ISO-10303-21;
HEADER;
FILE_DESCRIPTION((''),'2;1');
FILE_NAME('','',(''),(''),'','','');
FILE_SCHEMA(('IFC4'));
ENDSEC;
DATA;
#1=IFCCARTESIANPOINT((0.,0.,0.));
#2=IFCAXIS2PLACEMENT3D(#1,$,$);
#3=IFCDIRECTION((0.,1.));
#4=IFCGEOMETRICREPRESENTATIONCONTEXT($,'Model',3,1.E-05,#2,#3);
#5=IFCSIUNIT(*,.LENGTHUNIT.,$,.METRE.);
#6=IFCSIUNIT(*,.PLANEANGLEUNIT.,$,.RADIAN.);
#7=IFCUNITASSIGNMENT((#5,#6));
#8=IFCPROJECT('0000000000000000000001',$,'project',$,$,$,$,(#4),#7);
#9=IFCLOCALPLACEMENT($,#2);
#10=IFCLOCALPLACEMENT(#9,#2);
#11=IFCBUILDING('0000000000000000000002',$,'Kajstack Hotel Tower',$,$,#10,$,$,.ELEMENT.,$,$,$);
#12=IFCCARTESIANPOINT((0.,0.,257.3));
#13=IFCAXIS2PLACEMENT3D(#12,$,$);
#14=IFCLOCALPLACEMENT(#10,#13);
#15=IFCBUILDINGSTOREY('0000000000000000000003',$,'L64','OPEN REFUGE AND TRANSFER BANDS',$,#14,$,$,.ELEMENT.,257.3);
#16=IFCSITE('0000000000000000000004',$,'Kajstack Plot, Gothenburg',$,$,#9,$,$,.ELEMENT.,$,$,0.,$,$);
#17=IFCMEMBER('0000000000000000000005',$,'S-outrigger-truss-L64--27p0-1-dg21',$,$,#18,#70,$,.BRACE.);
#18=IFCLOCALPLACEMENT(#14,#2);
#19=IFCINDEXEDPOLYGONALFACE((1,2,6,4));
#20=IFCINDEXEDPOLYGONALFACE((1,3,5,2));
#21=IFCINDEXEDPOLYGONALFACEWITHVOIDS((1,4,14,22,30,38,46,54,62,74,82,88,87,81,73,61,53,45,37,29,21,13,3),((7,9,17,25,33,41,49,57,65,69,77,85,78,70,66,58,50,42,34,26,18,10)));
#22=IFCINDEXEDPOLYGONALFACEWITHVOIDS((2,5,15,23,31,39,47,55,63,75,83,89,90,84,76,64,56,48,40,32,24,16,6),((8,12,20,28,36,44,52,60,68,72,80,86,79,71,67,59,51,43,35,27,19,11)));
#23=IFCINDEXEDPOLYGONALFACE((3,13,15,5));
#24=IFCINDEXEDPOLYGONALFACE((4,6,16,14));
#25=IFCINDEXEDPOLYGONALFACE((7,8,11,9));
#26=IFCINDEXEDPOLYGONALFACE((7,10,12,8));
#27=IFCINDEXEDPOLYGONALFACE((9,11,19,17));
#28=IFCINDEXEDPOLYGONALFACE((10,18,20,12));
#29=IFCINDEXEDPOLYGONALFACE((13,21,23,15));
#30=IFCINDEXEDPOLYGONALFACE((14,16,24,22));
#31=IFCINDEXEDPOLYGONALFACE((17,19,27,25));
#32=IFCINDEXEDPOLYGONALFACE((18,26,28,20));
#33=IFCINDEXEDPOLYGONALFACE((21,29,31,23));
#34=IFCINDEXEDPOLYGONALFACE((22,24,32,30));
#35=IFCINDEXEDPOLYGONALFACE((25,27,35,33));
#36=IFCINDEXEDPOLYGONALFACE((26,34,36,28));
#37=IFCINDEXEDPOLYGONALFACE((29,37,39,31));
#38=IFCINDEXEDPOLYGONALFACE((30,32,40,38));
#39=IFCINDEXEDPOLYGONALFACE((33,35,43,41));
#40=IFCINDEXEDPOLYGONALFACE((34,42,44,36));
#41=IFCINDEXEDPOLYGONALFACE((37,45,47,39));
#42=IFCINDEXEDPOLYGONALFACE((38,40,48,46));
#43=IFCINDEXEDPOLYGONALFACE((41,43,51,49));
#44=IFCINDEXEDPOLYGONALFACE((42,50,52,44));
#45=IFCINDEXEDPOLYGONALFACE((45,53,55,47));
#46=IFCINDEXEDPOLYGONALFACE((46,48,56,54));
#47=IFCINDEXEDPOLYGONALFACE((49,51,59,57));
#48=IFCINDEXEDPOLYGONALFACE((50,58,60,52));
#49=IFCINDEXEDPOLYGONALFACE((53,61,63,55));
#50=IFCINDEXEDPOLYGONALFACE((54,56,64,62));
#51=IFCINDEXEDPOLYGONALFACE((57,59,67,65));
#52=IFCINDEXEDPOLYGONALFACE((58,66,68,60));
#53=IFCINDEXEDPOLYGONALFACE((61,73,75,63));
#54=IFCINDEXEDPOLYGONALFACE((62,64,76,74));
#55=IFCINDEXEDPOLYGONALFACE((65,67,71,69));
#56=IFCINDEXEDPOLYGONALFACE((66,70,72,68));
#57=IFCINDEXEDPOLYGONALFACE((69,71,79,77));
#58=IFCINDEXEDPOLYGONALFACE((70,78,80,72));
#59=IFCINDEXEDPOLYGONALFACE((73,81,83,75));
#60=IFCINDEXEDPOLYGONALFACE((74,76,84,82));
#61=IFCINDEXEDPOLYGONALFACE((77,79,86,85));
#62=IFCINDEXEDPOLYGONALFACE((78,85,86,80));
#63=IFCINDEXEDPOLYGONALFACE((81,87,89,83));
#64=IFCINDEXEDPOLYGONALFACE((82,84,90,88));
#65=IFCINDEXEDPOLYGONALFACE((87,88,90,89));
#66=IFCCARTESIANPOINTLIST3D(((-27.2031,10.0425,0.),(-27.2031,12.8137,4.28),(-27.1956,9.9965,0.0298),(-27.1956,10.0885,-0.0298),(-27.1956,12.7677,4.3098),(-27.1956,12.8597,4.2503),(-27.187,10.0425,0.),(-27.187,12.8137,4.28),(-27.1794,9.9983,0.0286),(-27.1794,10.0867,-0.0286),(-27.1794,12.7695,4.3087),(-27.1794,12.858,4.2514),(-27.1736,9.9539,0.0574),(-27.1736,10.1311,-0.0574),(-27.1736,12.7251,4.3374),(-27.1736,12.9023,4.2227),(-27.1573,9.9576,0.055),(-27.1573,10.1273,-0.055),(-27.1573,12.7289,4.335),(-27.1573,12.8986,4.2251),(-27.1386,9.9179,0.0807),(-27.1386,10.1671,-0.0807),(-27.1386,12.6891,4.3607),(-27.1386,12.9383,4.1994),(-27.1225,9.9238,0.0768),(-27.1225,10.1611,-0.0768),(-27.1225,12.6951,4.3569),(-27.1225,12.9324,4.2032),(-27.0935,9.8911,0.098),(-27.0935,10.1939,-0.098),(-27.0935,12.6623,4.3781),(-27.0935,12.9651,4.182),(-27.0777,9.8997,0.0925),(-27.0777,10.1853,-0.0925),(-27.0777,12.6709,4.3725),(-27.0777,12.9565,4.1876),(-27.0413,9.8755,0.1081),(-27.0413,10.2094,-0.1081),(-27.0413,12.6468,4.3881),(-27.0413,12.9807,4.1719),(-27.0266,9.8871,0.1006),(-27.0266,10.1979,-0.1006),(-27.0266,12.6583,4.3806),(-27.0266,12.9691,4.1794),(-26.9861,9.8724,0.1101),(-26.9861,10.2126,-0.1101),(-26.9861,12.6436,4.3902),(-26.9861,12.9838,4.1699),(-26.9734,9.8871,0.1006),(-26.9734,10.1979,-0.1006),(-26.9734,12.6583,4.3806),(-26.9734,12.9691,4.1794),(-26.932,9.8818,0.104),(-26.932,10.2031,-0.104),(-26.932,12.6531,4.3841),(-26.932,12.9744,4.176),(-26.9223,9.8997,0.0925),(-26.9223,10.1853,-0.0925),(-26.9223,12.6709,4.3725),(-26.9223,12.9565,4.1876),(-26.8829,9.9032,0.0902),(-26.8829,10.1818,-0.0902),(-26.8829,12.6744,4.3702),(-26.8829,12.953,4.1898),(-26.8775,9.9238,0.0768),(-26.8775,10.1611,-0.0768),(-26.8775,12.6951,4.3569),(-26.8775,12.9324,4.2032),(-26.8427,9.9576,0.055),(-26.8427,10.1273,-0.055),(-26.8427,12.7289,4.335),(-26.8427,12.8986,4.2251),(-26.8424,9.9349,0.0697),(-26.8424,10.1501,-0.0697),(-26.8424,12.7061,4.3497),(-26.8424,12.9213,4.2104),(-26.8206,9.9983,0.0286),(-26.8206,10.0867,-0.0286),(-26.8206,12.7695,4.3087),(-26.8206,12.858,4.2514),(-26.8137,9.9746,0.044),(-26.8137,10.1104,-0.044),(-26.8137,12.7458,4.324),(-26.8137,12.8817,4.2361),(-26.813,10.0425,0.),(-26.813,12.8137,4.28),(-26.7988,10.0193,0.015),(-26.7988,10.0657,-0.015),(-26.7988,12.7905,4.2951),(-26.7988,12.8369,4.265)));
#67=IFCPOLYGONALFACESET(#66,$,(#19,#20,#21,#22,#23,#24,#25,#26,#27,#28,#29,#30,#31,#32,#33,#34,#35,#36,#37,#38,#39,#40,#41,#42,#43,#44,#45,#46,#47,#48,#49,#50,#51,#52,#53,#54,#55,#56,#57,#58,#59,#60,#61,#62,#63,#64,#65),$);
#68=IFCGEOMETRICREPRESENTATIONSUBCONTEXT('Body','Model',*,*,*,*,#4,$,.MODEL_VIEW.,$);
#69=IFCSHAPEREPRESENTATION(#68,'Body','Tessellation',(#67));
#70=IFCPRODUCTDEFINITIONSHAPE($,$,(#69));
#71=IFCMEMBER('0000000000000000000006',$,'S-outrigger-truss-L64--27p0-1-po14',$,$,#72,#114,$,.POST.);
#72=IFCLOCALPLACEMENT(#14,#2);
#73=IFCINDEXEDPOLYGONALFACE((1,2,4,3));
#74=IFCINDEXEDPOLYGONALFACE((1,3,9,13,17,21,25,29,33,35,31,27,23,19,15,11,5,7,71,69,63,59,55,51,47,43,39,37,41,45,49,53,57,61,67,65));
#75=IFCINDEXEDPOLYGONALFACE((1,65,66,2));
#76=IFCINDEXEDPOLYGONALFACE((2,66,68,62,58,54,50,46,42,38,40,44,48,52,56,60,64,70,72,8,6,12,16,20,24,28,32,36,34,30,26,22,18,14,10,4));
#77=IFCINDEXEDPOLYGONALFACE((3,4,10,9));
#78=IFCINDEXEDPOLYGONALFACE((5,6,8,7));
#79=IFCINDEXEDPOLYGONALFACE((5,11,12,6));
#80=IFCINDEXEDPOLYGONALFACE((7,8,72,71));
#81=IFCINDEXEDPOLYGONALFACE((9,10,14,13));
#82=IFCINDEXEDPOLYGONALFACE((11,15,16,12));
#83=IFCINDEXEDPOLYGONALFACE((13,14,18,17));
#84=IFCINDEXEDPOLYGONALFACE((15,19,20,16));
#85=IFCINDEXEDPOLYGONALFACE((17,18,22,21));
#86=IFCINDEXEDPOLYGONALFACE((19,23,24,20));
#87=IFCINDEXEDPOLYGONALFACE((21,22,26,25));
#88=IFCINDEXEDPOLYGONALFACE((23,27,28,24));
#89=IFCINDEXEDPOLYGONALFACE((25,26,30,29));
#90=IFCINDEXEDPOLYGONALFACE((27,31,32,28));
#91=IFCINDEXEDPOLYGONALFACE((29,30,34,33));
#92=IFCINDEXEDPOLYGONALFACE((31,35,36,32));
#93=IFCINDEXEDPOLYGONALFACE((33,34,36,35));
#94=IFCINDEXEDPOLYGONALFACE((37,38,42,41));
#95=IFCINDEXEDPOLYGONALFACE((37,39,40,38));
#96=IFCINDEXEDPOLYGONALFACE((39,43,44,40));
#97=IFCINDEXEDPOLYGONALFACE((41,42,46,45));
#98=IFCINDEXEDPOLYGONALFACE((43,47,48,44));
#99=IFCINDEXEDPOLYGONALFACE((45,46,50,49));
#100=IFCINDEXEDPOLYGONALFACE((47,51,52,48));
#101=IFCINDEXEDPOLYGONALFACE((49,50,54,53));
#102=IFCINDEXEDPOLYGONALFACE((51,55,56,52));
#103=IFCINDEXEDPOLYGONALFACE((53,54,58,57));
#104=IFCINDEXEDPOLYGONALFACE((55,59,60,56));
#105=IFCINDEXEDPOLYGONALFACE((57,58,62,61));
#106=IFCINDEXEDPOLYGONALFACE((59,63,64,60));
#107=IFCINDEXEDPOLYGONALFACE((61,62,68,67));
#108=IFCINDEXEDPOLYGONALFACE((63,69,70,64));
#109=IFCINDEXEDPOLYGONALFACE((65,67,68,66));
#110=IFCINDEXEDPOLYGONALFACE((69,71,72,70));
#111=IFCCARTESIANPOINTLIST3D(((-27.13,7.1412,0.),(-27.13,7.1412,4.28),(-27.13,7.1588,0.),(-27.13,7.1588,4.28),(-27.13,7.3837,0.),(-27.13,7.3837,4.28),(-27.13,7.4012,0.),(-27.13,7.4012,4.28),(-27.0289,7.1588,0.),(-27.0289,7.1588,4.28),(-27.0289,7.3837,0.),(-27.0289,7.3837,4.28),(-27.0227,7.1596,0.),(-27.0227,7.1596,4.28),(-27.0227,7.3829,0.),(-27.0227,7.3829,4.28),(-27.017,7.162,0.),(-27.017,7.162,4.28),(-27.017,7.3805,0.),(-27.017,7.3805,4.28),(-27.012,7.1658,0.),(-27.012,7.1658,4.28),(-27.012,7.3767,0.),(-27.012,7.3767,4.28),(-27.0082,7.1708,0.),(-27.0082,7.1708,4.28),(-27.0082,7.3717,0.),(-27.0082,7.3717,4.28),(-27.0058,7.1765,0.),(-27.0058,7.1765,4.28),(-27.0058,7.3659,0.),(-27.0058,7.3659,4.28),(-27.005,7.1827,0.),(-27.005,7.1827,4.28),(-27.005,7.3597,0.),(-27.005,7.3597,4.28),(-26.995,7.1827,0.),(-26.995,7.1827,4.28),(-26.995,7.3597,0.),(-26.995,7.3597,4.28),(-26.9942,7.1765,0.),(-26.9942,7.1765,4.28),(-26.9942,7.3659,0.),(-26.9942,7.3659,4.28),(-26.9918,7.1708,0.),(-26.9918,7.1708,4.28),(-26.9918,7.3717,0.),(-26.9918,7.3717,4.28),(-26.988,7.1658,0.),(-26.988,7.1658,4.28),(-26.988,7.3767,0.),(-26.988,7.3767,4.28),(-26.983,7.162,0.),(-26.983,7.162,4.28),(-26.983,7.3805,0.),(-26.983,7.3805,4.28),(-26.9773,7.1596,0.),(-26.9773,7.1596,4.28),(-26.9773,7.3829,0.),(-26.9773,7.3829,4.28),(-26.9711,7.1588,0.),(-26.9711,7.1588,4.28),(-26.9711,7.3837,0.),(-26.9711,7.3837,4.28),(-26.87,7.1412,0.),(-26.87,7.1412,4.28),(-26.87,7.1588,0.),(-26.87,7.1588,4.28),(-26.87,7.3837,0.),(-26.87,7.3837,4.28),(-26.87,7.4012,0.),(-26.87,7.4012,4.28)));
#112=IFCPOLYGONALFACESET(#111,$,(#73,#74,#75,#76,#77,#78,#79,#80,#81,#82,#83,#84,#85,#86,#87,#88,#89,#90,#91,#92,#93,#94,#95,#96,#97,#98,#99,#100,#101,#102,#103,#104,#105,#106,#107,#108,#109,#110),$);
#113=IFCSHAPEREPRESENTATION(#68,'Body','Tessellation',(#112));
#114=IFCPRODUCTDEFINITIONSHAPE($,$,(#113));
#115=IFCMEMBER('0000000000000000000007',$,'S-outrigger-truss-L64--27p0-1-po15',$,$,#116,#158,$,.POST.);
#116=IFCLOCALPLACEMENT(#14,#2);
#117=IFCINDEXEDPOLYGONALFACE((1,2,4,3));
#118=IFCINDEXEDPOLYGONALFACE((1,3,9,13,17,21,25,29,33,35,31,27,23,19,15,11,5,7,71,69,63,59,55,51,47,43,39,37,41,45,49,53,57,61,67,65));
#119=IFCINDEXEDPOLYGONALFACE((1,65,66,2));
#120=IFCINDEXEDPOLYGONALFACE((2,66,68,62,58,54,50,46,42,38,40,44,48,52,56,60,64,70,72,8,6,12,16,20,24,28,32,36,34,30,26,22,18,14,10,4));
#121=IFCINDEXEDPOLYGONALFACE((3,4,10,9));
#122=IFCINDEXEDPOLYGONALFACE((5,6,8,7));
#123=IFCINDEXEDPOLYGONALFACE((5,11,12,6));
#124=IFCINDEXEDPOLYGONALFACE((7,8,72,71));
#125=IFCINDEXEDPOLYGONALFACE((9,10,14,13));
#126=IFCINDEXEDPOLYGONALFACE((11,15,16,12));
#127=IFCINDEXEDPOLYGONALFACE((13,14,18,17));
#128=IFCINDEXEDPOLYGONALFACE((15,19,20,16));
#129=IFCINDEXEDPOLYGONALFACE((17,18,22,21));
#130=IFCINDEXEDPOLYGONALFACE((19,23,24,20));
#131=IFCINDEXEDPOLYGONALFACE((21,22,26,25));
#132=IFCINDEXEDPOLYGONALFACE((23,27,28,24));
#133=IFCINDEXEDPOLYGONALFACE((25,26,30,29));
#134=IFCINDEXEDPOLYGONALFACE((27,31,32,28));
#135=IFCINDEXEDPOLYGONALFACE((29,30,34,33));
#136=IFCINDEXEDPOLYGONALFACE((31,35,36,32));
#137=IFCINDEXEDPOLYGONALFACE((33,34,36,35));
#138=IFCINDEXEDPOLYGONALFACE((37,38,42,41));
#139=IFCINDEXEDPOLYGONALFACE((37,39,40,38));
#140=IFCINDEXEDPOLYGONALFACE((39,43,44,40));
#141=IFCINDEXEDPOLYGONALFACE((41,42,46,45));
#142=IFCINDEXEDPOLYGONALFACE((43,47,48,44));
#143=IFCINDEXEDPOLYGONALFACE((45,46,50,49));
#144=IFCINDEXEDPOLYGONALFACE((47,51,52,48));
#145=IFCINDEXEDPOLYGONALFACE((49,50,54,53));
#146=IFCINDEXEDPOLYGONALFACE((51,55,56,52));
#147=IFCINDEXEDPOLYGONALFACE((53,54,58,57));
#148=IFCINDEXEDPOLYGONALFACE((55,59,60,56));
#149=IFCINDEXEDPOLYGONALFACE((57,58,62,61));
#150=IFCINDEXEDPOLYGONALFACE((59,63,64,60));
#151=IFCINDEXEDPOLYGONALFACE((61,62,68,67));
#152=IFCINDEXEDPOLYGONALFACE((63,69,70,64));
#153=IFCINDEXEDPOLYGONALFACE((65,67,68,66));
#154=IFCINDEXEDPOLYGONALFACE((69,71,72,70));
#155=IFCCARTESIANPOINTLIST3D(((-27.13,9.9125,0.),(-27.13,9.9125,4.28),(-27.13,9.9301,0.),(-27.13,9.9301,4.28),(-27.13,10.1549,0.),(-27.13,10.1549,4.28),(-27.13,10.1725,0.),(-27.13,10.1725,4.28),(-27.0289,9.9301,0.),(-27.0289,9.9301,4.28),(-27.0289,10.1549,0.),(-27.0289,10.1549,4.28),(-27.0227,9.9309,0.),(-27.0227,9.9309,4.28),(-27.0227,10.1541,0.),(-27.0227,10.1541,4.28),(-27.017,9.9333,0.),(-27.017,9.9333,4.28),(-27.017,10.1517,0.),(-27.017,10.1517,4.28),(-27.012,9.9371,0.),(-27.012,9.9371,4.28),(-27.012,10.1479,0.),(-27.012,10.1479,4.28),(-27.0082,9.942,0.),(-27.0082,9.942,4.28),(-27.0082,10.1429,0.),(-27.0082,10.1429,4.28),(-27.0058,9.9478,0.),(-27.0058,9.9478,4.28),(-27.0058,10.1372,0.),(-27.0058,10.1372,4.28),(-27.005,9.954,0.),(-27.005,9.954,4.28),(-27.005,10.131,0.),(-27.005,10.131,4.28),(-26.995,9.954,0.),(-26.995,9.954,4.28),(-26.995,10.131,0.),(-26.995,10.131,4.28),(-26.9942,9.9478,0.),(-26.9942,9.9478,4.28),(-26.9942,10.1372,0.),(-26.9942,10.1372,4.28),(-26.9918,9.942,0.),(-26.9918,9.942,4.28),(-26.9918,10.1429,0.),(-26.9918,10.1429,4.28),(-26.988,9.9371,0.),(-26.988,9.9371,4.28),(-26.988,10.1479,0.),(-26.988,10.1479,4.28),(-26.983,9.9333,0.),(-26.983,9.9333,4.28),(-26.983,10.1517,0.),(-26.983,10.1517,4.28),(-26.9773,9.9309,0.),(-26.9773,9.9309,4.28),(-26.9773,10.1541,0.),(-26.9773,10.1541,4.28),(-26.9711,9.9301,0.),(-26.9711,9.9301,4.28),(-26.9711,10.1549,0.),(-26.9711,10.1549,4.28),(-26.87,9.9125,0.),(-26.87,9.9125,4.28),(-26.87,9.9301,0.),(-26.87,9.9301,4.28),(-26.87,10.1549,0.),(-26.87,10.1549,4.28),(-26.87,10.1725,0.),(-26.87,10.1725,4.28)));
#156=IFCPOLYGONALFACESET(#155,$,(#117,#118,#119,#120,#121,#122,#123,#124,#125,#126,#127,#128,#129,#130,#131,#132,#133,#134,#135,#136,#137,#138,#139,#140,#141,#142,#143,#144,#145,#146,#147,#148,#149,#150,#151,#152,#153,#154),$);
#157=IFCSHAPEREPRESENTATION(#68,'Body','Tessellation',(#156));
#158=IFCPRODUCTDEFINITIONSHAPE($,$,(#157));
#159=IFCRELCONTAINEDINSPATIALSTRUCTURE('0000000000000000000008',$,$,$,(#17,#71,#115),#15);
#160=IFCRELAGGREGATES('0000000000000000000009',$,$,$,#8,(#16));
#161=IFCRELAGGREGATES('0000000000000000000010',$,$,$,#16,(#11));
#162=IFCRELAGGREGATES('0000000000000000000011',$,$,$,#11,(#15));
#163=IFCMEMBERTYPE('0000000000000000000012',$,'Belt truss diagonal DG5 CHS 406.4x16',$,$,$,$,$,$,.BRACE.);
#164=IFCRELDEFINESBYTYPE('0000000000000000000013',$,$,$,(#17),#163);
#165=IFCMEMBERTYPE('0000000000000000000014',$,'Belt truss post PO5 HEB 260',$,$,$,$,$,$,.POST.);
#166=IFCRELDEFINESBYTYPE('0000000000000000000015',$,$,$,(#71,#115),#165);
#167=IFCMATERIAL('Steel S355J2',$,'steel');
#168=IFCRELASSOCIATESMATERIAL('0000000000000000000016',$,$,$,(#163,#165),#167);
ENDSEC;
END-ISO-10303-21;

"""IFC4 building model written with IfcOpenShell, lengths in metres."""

from ifc_helpers import new_model, si_unit, direction, frame, origin, origin_2d, place, context, subcontext, project, spatial, hollow_circle, i_section, extrude, material, material_profile, profile_set, type_object, element, save


model = new_model("IFC4")

# Units and contexts
model_context = context("Model", 3, precision=1e-05, world=origin(), true_north=direction((0.0, 1.0)))
body_context = subcontext(model_context, "Body", "Model", "MODEL_VIEW")
ifc_project = project(units=[si_unit("LENGTHUNIT", "METRE"), si_unit("PLANEANGLEUNIT", "RADIAN")], contexts=[model_context])

# Site, building, storey
site_placement = place(None, origin())
site = spatial("IfcSite", under=ifc_project, at=site_placement, Name="Kajstack Plot, Gothenburg", CompositionType="ELEMENT", RefElevation=0.0)
building_placement = place(site_placement, origin())
building = spatial("IfcBuilding", under=site, at=building_placement, Name="Kajstack Hotel Tower", CompositionType="ELEMENT")
storey_placement = place(building_placement, frame((0.0, 0.0, 257.3)))
storey = spatial("IfcBuildingStorey", under=building, at=storey_placement, Name="L64", Description="OPEN REFUGE AND TRANSFER BANDS", CompositionType="ELEMENT", Elevation=257.3)

# Members
ifc_material = material(Name="Steel S355J2", Category="steel")
ifc_material_profile_1 = material_profile(ifc_material, hollow_circle(Radius=0.2031, WallThickness=0.0161, at=origin_2d()), Name="CHS 406.4x16")
ifc_profile_set_1 = profile_set([ifc_material_profile_1], Name="Steel S355J2")
member_type_1 = type_object("IfcMemberType", Name="Belt truss diagonal DG5 CHS 406.4x16", PredefinedType="BRACE", material=ifc_profile_set_1)
for number, where, z_axis, x_axis, name in (
    (1, (-27.0, 10.0425, 0.0), (0.0, 0.543501, 0.839408), (-1.0, 0.0, 0.0), "S-outrigger-truss-L64--27p0-1-dg21"),
):
    element("IfcMember", number, at=place(storey_placement, frame(where, z_axis=z_axis, x_axis=x_axis)), inside=storey, type_object=member_type_1, Name=name, PredefinedType="BRACE", context=body_context, shape_type="SweptSolid", body=[
        extrude(hollow_circle(Radius=0.2031, WallThickness=0.0161, at=origin_2d()), origin(), (0.0, 0.0, 1.0), 5.0989),
    ])
ifc_material_profile_2 = material_profile(ifc_material, i_section(OverallWidth=0.26, OverallDepth=0.26, WebThickness=0.01, FlangeThickness=0.0176, FilletRadius=0.0239, at=origin_2d()), Name="HEB 260")
ifc_profile_set_2 = profile_set([ifc_material_profile_2], Name="Steel S355J2")
member_type_2 = type_object("IfcMemberType", Name="Belt truss post PO5 HEB 260", PredefinedType="POST", material=ifc_profile_set_2)
for number, where, z_axis, x_axis, name in (
    (2, (-27.0, 7.2712, 0.0), (0.0, 0.0, 1.0), (1.0, 0.0, 0.0), "S-outrigger-truss-L64--27p0-1-po14"),
    (3, (-27.0, 10.0425, 0.0), (0.0, 0.0, 1.0), (1.0, 0.0, 0.0), "S-outrigger-truss-L64--27p0-1-po15"),
):
    element("IfcMember", number, at=place(storey_placement, frame(where, z_axis=z_axis, x_axis=x_axis)), inside=storey, type_object=member_type_2, Name=name, PredefinedType="POST", context=body_context, shape_type="SweptSolid", body=[
        extrude(i_section(OverallWidth=0.26, OverallDepth=0.26, WebThickness=0.01, FlangeThickness=0.0176, FilletRadius=0.0239, at=origin_2d()), origin(), (0.0, 0.0, 1.0), 4.28),
    ])

save(model, "model.ifc")
